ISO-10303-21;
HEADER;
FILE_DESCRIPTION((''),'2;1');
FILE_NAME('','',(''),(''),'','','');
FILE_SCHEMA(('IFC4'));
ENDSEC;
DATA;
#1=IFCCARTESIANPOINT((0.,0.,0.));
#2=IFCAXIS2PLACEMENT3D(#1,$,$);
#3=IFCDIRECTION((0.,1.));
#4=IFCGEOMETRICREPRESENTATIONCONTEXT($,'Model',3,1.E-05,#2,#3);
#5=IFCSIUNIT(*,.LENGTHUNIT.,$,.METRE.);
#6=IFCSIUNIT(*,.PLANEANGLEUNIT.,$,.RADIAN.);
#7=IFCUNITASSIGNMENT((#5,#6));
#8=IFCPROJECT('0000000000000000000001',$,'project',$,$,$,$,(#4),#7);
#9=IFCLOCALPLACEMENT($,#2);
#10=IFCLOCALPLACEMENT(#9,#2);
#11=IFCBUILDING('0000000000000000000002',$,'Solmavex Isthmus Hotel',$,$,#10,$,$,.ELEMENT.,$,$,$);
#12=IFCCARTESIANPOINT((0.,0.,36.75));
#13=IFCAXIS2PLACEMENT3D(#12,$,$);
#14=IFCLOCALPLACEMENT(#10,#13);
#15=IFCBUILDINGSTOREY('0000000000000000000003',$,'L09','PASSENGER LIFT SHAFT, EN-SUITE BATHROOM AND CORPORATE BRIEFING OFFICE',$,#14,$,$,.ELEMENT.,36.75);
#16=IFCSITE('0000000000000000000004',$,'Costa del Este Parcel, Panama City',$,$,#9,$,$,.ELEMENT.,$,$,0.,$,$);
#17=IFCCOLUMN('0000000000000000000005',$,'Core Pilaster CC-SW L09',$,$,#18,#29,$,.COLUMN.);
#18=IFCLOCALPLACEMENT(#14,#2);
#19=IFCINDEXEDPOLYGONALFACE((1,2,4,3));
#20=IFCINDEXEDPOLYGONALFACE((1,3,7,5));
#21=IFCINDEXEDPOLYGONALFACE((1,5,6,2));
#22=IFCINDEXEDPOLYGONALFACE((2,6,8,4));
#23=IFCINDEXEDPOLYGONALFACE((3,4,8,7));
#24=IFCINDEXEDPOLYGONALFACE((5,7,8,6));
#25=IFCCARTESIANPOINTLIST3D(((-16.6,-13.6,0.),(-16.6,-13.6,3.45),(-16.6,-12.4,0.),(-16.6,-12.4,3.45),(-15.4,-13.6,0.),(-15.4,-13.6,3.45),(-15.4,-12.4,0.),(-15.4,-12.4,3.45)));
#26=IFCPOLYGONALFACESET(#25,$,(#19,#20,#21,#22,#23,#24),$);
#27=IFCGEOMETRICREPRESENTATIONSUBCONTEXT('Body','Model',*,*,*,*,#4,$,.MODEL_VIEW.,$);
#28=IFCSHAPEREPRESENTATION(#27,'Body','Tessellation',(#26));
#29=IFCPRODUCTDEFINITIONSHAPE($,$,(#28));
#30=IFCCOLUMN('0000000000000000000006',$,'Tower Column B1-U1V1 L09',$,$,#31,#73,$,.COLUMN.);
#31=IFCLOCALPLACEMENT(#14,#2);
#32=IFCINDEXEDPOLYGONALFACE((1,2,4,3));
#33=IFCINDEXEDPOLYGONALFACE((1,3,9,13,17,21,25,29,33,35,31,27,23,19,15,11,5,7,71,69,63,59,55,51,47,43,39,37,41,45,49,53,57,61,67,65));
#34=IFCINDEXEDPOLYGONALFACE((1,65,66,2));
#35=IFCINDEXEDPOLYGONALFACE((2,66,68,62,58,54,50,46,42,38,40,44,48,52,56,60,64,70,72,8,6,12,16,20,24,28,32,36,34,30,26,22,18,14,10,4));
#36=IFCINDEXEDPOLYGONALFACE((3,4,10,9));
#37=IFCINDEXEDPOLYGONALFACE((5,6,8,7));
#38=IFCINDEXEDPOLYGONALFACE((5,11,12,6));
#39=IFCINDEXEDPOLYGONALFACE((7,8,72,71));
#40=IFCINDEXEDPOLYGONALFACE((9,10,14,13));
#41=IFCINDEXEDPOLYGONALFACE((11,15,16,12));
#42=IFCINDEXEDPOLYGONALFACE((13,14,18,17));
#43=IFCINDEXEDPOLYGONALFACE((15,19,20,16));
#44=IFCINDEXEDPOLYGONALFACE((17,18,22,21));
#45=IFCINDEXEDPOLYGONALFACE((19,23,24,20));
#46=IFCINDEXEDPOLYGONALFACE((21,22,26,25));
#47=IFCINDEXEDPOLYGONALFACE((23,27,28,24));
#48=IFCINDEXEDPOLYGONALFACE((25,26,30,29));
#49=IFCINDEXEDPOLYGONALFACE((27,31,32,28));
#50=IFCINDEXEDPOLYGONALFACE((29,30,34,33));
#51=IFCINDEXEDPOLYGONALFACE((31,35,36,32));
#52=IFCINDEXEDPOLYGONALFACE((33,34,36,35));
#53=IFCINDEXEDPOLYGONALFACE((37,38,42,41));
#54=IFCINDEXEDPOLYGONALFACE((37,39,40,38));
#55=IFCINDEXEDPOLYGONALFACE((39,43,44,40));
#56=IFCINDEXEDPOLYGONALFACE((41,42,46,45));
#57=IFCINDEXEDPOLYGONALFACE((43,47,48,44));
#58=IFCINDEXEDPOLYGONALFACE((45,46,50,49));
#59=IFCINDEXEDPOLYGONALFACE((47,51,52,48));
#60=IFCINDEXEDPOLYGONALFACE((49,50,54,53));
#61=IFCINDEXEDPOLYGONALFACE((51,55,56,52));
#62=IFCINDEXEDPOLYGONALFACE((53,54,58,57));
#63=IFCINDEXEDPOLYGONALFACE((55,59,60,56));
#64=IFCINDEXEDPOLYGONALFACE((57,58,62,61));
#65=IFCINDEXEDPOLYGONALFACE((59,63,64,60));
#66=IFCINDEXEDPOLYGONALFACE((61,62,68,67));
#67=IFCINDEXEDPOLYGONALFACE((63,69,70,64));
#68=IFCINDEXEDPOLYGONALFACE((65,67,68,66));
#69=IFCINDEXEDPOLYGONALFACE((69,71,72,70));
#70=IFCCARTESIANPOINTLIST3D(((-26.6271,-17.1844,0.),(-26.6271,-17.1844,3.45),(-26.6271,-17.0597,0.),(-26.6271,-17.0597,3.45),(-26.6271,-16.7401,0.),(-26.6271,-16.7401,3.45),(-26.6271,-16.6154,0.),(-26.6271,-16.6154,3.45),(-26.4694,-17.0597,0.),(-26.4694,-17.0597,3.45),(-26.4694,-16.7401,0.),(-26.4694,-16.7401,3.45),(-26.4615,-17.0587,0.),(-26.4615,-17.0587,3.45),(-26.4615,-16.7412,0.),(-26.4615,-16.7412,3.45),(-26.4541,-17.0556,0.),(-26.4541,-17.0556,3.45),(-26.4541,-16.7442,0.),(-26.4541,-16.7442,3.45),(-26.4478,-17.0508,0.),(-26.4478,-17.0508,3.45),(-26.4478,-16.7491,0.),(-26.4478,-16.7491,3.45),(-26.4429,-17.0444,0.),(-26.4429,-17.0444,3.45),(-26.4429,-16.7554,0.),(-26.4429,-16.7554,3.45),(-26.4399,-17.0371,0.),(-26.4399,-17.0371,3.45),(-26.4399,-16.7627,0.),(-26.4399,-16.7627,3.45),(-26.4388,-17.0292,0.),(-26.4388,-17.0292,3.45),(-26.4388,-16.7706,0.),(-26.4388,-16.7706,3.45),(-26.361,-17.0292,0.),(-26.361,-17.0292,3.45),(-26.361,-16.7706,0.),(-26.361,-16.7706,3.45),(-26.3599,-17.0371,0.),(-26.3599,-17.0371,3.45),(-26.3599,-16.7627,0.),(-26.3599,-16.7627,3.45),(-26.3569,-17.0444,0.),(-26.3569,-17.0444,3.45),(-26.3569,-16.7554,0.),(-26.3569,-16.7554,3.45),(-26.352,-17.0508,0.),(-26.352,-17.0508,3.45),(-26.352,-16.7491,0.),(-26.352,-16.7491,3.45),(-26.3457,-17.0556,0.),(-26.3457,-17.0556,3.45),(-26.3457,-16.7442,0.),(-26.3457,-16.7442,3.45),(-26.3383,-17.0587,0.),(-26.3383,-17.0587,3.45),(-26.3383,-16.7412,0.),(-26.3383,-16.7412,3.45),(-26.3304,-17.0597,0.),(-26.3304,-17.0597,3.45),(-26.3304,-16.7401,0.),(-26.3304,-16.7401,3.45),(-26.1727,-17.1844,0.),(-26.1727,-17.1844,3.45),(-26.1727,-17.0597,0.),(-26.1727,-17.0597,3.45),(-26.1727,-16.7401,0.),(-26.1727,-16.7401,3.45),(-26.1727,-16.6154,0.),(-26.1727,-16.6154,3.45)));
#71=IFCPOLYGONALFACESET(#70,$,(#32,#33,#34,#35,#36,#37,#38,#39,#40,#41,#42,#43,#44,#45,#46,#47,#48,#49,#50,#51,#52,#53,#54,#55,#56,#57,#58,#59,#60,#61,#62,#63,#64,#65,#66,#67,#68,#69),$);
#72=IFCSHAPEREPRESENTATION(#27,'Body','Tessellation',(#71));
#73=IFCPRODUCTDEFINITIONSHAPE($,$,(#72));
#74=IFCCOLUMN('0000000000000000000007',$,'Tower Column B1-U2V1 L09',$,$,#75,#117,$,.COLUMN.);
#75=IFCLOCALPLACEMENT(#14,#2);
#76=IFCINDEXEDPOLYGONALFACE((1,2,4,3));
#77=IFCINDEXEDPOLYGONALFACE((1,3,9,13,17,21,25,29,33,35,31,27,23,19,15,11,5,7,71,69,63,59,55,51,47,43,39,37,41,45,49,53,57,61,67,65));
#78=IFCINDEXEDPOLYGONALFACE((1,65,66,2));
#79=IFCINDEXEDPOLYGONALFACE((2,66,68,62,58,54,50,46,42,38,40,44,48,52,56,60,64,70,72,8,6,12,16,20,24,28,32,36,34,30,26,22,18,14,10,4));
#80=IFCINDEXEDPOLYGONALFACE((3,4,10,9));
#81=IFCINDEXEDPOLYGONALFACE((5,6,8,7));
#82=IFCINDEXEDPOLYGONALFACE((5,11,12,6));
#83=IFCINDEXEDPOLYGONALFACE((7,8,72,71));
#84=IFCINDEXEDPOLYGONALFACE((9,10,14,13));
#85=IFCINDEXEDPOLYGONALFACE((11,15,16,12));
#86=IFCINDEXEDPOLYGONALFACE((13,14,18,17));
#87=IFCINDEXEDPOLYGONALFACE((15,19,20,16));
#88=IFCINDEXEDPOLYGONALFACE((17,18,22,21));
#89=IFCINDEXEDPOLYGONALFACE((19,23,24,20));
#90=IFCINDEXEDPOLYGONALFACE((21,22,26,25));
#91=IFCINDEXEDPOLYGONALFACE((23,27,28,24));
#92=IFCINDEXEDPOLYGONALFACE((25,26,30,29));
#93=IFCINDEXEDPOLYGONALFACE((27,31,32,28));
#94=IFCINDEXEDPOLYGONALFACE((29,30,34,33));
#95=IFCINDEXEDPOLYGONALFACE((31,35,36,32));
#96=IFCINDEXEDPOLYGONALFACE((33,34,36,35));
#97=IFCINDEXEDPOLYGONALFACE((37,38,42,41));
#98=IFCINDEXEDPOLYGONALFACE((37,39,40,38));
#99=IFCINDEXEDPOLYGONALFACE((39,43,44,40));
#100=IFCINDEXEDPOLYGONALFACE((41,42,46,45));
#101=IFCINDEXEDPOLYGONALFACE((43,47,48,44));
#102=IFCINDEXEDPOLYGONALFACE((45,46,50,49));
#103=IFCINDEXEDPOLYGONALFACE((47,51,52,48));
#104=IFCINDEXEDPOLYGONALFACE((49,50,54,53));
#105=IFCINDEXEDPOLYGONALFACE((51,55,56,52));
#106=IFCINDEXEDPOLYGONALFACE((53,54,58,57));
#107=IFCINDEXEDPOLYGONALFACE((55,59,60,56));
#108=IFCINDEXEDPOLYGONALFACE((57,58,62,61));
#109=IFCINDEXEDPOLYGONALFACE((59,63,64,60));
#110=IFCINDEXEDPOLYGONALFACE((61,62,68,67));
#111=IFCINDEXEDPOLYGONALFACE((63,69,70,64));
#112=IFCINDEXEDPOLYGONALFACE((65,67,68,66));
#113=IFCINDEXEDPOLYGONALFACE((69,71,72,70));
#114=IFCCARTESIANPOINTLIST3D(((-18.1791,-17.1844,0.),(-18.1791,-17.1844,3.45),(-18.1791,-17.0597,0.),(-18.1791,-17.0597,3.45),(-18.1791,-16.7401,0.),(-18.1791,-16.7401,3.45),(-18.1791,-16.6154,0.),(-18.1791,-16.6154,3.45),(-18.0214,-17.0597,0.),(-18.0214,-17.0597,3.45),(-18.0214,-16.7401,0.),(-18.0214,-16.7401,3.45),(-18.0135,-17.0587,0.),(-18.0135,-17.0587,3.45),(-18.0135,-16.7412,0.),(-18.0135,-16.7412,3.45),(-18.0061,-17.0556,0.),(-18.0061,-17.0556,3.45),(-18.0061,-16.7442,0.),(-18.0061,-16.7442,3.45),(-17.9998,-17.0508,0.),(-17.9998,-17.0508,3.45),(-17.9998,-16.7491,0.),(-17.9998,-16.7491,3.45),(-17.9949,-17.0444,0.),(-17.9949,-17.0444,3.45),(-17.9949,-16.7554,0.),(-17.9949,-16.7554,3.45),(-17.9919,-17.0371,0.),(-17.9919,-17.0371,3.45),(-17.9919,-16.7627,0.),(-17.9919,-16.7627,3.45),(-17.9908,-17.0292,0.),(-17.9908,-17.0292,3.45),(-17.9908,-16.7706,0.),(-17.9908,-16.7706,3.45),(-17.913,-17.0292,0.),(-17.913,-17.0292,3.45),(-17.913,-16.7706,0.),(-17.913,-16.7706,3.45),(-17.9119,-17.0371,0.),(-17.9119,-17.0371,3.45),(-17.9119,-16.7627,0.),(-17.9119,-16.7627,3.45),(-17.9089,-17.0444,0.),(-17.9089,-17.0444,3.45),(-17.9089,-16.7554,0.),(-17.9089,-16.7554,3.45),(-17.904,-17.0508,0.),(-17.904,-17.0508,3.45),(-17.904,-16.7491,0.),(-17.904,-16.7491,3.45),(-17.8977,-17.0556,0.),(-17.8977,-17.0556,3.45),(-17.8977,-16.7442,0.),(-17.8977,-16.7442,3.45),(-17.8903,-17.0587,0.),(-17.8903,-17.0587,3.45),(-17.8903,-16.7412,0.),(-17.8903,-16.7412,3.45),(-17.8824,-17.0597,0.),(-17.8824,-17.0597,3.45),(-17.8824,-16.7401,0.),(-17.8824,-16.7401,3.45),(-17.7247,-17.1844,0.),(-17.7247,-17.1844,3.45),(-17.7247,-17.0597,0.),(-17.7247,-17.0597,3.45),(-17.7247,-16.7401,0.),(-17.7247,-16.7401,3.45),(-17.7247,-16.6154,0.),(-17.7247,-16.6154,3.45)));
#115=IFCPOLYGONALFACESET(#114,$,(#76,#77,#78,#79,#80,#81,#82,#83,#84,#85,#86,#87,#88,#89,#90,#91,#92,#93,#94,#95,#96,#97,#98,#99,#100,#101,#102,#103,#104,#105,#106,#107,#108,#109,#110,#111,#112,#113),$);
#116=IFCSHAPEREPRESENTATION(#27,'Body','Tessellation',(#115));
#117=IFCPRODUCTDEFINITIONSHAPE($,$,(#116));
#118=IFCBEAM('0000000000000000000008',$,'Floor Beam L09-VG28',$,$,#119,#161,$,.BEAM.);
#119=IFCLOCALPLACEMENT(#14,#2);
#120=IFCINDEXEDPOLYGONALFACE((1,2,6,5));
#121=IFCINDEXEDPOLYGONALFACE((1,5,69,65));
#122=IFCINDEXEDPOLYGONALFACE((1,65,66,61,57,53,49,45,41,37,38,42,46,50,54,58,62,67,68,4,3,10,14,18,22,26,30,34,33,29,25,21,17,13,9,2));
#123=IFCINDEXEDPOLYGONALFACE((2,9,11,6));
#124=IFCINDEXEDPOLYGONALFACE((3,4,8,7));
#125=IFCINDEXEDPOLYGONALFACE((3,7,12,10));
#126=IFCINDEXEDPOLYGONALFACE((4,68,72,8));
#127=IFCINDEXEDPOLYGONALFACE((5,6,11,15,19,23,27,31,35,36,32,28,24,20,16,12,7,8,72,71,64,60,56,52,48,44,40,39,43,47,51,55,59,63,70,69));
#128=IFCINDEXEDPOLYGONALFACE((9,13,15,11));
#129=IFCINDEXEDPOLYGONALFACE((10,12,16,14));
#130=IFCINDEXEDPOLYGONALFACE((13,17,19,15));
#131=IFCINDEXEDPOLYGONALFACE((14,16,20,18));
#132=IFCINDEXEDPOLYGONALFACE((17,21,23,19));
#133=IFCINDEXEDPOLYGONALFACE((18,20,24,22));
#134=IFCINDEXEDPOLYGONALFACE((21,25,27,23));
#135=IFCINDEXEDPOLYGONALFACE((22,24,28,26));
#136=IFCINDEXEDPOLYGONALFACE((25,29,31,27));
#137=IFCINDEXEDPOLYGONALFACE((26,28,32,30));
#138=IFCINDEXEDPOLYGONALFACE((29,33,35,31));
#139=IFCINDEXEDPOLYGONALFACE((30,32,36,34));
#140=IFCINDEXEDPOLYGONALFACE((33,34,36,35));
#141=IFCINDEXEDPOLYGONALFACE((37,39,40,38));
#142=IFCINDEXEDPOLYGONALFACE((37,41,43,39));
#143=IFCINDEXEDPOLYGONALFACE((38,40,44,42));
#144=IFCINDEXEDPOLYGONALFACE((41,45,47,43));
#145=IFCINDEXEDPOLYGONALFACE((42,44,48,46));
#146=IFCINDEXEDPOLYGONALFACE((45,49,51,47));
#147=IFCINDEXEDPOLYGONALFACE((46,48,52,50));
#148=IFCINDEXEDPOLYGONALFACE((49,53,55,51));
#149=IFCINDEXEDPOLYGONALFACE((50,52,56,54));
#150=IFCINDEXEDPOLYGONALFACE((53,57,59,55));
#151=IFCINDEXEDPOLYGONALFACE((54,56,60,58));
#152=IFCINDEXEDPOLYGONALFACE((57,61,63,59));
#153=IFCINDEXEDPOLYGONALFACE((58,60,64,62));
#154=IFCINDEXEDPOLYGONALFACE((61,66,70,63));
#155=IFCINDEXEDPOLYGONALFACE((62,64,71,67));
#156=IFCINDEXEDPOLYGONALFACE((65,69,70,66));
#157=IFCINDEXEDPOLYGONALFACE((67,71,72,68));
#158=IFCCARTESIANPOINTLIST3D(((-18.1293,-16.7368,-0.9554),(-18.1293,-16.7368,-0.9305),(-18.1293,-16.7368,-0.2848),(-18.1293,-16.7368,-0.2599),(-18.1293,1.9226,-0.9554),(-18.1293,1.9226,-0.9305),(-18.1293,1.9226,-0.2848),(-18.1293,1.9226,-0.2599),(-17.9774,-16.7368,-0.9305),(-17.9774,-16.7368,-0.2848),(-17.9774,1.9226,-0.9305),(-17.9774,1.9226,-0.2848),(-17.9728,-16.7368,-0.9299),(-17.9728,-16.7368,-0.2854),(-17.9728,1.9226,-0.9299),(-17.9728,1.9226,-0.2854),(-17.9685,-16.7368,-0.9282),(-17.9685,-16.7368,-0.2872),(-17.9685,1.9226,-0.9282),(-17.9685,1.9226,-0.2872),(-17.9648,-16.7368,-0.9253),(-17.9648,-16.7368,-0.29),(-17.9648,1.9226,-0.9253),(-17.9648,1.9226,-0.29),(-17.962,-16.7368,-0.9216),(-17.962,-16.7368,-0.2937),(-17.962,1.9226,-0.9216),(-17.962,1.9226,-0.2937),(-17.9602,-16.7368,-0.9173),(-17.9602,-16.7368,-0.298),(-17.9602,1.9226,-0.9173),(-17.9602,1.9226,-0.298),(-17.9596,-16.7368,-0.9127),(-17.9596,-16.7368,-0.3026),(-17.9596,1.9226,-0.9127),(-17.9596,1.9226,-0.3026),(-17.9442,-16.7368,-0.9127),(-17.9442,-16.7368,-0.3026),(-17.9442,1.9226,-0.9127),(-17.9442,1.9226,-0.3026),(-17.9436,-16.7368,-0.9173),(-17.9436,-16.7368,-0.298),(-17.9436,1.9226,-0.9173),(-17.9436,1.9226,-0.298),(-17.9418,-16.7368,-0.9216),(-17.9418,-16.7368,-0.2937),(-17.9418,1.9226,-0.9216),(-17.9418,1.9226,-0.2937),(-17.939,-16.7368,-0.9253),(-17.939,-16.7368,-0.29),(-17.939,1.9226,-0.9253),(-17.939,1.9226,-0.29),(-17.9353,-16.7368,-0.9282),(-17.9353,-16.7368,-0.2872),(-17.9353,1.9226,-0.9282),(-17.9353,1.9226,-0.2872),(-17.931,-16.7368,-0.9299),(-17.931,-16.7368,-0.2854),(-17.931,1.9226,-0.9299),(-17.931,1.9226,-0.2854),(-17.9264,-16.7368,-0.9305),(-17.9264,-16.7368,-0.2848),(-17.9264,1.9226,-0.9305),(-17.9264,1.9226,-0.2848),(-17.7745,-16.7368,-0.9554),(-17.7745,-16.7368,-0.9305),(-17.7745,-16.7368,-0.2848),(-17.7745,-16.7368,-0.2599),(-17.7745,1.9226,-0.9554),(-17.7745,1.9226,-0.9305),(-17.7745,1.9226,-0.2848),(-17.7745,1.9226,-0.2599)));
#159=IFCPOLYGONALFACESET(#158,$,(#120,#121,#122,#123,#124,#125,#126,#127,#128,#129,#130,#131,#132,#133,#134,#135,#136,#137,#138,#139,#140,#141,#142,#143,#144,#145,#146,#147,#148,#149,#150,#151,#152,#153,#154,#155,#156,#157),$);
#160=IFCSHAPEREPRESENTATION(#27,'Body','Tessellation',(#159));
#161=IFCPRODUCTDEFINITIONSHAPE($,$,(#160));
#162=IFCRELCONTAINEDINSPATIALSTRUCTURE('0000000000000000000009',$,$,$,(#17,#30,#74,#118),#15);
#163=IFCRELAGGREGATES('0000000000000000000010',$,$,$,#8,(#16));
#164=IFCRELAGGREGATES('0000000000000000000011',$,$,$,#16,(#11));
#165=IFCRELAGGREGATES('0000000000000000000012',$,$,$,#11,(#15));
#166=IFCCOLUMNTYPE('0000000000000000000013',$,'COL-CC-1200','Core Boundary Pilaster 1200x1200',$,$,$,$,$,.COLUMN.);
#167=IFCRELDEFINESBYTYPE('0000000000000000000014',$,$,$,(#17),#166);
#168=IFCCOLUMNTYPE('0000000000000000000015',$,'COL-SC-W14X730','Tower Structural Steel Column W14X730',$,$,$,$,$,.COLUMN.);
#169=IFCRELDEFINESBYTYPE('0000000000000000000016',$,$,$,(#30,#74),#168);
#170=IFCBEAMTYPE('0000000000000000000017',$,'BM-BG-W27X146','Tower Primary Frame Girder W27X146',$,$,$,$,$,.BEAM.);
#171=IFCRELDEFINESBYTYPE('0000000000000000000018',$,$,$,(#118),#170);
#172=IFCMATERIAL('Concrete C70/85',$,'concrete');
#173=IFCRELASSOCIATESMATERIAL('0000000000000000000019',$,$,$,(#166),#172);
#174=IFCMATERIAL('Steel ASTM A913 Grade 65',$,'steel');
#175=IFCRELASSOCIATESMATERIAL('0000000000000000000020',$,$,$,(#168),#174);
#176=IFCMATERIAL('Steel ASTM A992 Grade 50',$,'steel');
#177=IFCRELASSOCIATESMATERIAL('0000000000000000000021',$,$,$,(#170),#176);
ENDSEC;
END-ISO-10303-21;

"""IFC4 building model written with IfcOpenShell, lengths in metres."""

from ifc_helpers import new_model, si_unit, direction, frame, origin, origin_2d, place, context, subcontext, project, spatial, rectangle, i_section, extrude, material, material_profile, profile_set, type_object, element, save


model = new_model("IFC4")

# Units and contexts
model_context = context("Model", 3, precision=1e-05, world=origin(), true_north=direction((0.0, 1.0)))
body_context = subcontext(model_context, "Body", "Model", "MODEL_VIEW")
ifc_project = project(units=[si_unit("LENGTHUNIT", "METRE"), si_unit("PLANEANGLEUNIT", "RADIAN")], contexts=[model_context])

# Site, building, storey
site_placement = place(None, origin())
site = spatial("IfcSite", under=ifc_project, at=site_placement, Name="Costa del Este Parcel, Panama City", CompositionType="ELEMENT", RefElevation=0.0)
building_placement = place(site_placement, origin())
building = spatial("IfcBuilding", under=site, at=building_placement, Name="Solmavex Isthmus Hotel", CompositionType="ELEMENT")
storey_placement = place(building_placement, frame((0.0, 0.0, 36.75)))
storey = spatial("IfcBuildingStorey", under=building, at=storey_placement, Name="L09", Description="PASSENGER LIFT SHAFT, EN-SUITE BATHROOM AND CORPORATE BRIEFING OFFICE", CompositionType="ELEMENT", Elevation=36.75)

# Columns
ifc_material_1 = material(Name="Concrete C70/85", Category="concrete")
ifc_material_profile_1 = material_profile(ifc_material_1, rectangle(XDim=1.2, YDim=1.2, at=origin_2d()), Name="RC1200X1200")
ifc_profile_set_1 = profile_set([ifc_material_profile_1], Name="Concrete C70/85")
column_type_1 = type_object("IfcColumnType", Name="COL-CC-1200", Description="Core Boundary Pilaster 1200x1200", PredefinedType="COLUMN", material=ifc_profile_set_1)
column_placement = place(storey_placement, frame((-16.0, -13.0, 0.0), z_axis=(0.0, 0.0, 1.0), x_axis=(1.0, 0.0, 0.0)))
element("IfcColumn", 1, at=column_placement, inside=storey, type_object=column_type_1, Name="Core Pilaster CC-SW L09", PredefinedType="COLUMN", context=body_context, shape_type="SweptSolid", body=[
    extrude(rectangle(XDim=1.2, YDim=1.2, at=origin_2d()), origin(), (0.0, 0.0, 1.0), 3.45),
])
ifc_material_2 = material(Name="Steel ASTM A913 Grade 65", Category="steel")
ifc_material_profile_2 = material_profile(ifc_material_2, i_section(OverallWidth=0.4543, OverallDepth=0.5691, WebThickness=0.0779, FlangeThickness=0.1248, FilletRadius=0.0305, at=origin_2d()), Name="W14X730")
ifc_profile_set_2 = profile_set([ifc_material_profile_2], Name="Steel ASTM A913 Grade 65")
column_type_2 = type_object("IfcColumnType", Name="COL-SC-W14X730", Description="Tower Structural Steel Column W14X730", PredefinedType="COLUMN", material=ifc_profile_set_2)
for number, where, z_axis, x_axis, name in (
    (2, (-26.3999, -16.8999, 0.0), (0.0, 0.0, 1.0), (1.0, 0.0, 0.0), "Tower Column B1-U1V1 L09"),
    (3, (-17.9519, -16.8999, 0.0), (0.0, 0.0, 1.0), (1.0, 0.0, 0.0), "Tower Column B1-U2V1 L09"),
):
    element("IfcColumn", number, at=place(storey_placement, frame(where, z_axis=z_axis, x_axis=x_axis)), inside=storey, type_object=column_type_2, Name=name, PredefinedType="COLUMN", context=body_context, shape_type="SweptSolid", body=[
        extrude(i_section(OverallWidth=0.4543, OverallDepth=0.5691, WebThickness=0.0779, FlangeThickness=0.1248, FilletRadius=0.0305, at=origin_2d()), origin(), (0.0, 0.0, 1.0), 3.45),
    ])

# Beam
ifc_material_3 = material(Name="Steel ASTM A992 Grade 50", Category="steel")
ifc_material_profile_3 = material_profile(ifc_material_3, i_section(OverallWidth=0.3547, OverallDepth=0.6956, WebThickness=0.0154, FlangeThickness=0.0249, FilletRadius=0.0178, at=origin_2d()), Name="W27X146")
ifc_profile_set_3 = profile_set([ifc_material_profile_3], Name="Steel ASTM A992 Grade 50")
beam_type_1 = type_object("IfcBeamType", Name="BM-BG-W27X146", Description="Tower Primary Frame Girder W27X146", PredefinedType="BEAM", material=ifc_profile_set_3)
beam_1_placement = place(storey_placement, frame((-17.9519, -16.7368, -0.6077), z_axis=(0.0, 1.0, 0.0), x_axis=(-1.0, 0.0, 0.0)))
element("IfcBeam", 4, at=beam_1_placement, inside=storey, type_object=beam_type_1, Name="Floor Beam L09-VG28", PredefinedType="BEAM", context=body_context, shape_type="SweptSolid", body=[
    extrude(i_section(OverallWidth=0.3547, OverallDepth=0.6956, WebThickness=0.0154, FlangeThickness=0.0249, FilletRadius=0.0178, at=origin_2d()), origin(), (0.0, 0.0, 1.0), 18.6594),
])

save(model, "model.ifc")
